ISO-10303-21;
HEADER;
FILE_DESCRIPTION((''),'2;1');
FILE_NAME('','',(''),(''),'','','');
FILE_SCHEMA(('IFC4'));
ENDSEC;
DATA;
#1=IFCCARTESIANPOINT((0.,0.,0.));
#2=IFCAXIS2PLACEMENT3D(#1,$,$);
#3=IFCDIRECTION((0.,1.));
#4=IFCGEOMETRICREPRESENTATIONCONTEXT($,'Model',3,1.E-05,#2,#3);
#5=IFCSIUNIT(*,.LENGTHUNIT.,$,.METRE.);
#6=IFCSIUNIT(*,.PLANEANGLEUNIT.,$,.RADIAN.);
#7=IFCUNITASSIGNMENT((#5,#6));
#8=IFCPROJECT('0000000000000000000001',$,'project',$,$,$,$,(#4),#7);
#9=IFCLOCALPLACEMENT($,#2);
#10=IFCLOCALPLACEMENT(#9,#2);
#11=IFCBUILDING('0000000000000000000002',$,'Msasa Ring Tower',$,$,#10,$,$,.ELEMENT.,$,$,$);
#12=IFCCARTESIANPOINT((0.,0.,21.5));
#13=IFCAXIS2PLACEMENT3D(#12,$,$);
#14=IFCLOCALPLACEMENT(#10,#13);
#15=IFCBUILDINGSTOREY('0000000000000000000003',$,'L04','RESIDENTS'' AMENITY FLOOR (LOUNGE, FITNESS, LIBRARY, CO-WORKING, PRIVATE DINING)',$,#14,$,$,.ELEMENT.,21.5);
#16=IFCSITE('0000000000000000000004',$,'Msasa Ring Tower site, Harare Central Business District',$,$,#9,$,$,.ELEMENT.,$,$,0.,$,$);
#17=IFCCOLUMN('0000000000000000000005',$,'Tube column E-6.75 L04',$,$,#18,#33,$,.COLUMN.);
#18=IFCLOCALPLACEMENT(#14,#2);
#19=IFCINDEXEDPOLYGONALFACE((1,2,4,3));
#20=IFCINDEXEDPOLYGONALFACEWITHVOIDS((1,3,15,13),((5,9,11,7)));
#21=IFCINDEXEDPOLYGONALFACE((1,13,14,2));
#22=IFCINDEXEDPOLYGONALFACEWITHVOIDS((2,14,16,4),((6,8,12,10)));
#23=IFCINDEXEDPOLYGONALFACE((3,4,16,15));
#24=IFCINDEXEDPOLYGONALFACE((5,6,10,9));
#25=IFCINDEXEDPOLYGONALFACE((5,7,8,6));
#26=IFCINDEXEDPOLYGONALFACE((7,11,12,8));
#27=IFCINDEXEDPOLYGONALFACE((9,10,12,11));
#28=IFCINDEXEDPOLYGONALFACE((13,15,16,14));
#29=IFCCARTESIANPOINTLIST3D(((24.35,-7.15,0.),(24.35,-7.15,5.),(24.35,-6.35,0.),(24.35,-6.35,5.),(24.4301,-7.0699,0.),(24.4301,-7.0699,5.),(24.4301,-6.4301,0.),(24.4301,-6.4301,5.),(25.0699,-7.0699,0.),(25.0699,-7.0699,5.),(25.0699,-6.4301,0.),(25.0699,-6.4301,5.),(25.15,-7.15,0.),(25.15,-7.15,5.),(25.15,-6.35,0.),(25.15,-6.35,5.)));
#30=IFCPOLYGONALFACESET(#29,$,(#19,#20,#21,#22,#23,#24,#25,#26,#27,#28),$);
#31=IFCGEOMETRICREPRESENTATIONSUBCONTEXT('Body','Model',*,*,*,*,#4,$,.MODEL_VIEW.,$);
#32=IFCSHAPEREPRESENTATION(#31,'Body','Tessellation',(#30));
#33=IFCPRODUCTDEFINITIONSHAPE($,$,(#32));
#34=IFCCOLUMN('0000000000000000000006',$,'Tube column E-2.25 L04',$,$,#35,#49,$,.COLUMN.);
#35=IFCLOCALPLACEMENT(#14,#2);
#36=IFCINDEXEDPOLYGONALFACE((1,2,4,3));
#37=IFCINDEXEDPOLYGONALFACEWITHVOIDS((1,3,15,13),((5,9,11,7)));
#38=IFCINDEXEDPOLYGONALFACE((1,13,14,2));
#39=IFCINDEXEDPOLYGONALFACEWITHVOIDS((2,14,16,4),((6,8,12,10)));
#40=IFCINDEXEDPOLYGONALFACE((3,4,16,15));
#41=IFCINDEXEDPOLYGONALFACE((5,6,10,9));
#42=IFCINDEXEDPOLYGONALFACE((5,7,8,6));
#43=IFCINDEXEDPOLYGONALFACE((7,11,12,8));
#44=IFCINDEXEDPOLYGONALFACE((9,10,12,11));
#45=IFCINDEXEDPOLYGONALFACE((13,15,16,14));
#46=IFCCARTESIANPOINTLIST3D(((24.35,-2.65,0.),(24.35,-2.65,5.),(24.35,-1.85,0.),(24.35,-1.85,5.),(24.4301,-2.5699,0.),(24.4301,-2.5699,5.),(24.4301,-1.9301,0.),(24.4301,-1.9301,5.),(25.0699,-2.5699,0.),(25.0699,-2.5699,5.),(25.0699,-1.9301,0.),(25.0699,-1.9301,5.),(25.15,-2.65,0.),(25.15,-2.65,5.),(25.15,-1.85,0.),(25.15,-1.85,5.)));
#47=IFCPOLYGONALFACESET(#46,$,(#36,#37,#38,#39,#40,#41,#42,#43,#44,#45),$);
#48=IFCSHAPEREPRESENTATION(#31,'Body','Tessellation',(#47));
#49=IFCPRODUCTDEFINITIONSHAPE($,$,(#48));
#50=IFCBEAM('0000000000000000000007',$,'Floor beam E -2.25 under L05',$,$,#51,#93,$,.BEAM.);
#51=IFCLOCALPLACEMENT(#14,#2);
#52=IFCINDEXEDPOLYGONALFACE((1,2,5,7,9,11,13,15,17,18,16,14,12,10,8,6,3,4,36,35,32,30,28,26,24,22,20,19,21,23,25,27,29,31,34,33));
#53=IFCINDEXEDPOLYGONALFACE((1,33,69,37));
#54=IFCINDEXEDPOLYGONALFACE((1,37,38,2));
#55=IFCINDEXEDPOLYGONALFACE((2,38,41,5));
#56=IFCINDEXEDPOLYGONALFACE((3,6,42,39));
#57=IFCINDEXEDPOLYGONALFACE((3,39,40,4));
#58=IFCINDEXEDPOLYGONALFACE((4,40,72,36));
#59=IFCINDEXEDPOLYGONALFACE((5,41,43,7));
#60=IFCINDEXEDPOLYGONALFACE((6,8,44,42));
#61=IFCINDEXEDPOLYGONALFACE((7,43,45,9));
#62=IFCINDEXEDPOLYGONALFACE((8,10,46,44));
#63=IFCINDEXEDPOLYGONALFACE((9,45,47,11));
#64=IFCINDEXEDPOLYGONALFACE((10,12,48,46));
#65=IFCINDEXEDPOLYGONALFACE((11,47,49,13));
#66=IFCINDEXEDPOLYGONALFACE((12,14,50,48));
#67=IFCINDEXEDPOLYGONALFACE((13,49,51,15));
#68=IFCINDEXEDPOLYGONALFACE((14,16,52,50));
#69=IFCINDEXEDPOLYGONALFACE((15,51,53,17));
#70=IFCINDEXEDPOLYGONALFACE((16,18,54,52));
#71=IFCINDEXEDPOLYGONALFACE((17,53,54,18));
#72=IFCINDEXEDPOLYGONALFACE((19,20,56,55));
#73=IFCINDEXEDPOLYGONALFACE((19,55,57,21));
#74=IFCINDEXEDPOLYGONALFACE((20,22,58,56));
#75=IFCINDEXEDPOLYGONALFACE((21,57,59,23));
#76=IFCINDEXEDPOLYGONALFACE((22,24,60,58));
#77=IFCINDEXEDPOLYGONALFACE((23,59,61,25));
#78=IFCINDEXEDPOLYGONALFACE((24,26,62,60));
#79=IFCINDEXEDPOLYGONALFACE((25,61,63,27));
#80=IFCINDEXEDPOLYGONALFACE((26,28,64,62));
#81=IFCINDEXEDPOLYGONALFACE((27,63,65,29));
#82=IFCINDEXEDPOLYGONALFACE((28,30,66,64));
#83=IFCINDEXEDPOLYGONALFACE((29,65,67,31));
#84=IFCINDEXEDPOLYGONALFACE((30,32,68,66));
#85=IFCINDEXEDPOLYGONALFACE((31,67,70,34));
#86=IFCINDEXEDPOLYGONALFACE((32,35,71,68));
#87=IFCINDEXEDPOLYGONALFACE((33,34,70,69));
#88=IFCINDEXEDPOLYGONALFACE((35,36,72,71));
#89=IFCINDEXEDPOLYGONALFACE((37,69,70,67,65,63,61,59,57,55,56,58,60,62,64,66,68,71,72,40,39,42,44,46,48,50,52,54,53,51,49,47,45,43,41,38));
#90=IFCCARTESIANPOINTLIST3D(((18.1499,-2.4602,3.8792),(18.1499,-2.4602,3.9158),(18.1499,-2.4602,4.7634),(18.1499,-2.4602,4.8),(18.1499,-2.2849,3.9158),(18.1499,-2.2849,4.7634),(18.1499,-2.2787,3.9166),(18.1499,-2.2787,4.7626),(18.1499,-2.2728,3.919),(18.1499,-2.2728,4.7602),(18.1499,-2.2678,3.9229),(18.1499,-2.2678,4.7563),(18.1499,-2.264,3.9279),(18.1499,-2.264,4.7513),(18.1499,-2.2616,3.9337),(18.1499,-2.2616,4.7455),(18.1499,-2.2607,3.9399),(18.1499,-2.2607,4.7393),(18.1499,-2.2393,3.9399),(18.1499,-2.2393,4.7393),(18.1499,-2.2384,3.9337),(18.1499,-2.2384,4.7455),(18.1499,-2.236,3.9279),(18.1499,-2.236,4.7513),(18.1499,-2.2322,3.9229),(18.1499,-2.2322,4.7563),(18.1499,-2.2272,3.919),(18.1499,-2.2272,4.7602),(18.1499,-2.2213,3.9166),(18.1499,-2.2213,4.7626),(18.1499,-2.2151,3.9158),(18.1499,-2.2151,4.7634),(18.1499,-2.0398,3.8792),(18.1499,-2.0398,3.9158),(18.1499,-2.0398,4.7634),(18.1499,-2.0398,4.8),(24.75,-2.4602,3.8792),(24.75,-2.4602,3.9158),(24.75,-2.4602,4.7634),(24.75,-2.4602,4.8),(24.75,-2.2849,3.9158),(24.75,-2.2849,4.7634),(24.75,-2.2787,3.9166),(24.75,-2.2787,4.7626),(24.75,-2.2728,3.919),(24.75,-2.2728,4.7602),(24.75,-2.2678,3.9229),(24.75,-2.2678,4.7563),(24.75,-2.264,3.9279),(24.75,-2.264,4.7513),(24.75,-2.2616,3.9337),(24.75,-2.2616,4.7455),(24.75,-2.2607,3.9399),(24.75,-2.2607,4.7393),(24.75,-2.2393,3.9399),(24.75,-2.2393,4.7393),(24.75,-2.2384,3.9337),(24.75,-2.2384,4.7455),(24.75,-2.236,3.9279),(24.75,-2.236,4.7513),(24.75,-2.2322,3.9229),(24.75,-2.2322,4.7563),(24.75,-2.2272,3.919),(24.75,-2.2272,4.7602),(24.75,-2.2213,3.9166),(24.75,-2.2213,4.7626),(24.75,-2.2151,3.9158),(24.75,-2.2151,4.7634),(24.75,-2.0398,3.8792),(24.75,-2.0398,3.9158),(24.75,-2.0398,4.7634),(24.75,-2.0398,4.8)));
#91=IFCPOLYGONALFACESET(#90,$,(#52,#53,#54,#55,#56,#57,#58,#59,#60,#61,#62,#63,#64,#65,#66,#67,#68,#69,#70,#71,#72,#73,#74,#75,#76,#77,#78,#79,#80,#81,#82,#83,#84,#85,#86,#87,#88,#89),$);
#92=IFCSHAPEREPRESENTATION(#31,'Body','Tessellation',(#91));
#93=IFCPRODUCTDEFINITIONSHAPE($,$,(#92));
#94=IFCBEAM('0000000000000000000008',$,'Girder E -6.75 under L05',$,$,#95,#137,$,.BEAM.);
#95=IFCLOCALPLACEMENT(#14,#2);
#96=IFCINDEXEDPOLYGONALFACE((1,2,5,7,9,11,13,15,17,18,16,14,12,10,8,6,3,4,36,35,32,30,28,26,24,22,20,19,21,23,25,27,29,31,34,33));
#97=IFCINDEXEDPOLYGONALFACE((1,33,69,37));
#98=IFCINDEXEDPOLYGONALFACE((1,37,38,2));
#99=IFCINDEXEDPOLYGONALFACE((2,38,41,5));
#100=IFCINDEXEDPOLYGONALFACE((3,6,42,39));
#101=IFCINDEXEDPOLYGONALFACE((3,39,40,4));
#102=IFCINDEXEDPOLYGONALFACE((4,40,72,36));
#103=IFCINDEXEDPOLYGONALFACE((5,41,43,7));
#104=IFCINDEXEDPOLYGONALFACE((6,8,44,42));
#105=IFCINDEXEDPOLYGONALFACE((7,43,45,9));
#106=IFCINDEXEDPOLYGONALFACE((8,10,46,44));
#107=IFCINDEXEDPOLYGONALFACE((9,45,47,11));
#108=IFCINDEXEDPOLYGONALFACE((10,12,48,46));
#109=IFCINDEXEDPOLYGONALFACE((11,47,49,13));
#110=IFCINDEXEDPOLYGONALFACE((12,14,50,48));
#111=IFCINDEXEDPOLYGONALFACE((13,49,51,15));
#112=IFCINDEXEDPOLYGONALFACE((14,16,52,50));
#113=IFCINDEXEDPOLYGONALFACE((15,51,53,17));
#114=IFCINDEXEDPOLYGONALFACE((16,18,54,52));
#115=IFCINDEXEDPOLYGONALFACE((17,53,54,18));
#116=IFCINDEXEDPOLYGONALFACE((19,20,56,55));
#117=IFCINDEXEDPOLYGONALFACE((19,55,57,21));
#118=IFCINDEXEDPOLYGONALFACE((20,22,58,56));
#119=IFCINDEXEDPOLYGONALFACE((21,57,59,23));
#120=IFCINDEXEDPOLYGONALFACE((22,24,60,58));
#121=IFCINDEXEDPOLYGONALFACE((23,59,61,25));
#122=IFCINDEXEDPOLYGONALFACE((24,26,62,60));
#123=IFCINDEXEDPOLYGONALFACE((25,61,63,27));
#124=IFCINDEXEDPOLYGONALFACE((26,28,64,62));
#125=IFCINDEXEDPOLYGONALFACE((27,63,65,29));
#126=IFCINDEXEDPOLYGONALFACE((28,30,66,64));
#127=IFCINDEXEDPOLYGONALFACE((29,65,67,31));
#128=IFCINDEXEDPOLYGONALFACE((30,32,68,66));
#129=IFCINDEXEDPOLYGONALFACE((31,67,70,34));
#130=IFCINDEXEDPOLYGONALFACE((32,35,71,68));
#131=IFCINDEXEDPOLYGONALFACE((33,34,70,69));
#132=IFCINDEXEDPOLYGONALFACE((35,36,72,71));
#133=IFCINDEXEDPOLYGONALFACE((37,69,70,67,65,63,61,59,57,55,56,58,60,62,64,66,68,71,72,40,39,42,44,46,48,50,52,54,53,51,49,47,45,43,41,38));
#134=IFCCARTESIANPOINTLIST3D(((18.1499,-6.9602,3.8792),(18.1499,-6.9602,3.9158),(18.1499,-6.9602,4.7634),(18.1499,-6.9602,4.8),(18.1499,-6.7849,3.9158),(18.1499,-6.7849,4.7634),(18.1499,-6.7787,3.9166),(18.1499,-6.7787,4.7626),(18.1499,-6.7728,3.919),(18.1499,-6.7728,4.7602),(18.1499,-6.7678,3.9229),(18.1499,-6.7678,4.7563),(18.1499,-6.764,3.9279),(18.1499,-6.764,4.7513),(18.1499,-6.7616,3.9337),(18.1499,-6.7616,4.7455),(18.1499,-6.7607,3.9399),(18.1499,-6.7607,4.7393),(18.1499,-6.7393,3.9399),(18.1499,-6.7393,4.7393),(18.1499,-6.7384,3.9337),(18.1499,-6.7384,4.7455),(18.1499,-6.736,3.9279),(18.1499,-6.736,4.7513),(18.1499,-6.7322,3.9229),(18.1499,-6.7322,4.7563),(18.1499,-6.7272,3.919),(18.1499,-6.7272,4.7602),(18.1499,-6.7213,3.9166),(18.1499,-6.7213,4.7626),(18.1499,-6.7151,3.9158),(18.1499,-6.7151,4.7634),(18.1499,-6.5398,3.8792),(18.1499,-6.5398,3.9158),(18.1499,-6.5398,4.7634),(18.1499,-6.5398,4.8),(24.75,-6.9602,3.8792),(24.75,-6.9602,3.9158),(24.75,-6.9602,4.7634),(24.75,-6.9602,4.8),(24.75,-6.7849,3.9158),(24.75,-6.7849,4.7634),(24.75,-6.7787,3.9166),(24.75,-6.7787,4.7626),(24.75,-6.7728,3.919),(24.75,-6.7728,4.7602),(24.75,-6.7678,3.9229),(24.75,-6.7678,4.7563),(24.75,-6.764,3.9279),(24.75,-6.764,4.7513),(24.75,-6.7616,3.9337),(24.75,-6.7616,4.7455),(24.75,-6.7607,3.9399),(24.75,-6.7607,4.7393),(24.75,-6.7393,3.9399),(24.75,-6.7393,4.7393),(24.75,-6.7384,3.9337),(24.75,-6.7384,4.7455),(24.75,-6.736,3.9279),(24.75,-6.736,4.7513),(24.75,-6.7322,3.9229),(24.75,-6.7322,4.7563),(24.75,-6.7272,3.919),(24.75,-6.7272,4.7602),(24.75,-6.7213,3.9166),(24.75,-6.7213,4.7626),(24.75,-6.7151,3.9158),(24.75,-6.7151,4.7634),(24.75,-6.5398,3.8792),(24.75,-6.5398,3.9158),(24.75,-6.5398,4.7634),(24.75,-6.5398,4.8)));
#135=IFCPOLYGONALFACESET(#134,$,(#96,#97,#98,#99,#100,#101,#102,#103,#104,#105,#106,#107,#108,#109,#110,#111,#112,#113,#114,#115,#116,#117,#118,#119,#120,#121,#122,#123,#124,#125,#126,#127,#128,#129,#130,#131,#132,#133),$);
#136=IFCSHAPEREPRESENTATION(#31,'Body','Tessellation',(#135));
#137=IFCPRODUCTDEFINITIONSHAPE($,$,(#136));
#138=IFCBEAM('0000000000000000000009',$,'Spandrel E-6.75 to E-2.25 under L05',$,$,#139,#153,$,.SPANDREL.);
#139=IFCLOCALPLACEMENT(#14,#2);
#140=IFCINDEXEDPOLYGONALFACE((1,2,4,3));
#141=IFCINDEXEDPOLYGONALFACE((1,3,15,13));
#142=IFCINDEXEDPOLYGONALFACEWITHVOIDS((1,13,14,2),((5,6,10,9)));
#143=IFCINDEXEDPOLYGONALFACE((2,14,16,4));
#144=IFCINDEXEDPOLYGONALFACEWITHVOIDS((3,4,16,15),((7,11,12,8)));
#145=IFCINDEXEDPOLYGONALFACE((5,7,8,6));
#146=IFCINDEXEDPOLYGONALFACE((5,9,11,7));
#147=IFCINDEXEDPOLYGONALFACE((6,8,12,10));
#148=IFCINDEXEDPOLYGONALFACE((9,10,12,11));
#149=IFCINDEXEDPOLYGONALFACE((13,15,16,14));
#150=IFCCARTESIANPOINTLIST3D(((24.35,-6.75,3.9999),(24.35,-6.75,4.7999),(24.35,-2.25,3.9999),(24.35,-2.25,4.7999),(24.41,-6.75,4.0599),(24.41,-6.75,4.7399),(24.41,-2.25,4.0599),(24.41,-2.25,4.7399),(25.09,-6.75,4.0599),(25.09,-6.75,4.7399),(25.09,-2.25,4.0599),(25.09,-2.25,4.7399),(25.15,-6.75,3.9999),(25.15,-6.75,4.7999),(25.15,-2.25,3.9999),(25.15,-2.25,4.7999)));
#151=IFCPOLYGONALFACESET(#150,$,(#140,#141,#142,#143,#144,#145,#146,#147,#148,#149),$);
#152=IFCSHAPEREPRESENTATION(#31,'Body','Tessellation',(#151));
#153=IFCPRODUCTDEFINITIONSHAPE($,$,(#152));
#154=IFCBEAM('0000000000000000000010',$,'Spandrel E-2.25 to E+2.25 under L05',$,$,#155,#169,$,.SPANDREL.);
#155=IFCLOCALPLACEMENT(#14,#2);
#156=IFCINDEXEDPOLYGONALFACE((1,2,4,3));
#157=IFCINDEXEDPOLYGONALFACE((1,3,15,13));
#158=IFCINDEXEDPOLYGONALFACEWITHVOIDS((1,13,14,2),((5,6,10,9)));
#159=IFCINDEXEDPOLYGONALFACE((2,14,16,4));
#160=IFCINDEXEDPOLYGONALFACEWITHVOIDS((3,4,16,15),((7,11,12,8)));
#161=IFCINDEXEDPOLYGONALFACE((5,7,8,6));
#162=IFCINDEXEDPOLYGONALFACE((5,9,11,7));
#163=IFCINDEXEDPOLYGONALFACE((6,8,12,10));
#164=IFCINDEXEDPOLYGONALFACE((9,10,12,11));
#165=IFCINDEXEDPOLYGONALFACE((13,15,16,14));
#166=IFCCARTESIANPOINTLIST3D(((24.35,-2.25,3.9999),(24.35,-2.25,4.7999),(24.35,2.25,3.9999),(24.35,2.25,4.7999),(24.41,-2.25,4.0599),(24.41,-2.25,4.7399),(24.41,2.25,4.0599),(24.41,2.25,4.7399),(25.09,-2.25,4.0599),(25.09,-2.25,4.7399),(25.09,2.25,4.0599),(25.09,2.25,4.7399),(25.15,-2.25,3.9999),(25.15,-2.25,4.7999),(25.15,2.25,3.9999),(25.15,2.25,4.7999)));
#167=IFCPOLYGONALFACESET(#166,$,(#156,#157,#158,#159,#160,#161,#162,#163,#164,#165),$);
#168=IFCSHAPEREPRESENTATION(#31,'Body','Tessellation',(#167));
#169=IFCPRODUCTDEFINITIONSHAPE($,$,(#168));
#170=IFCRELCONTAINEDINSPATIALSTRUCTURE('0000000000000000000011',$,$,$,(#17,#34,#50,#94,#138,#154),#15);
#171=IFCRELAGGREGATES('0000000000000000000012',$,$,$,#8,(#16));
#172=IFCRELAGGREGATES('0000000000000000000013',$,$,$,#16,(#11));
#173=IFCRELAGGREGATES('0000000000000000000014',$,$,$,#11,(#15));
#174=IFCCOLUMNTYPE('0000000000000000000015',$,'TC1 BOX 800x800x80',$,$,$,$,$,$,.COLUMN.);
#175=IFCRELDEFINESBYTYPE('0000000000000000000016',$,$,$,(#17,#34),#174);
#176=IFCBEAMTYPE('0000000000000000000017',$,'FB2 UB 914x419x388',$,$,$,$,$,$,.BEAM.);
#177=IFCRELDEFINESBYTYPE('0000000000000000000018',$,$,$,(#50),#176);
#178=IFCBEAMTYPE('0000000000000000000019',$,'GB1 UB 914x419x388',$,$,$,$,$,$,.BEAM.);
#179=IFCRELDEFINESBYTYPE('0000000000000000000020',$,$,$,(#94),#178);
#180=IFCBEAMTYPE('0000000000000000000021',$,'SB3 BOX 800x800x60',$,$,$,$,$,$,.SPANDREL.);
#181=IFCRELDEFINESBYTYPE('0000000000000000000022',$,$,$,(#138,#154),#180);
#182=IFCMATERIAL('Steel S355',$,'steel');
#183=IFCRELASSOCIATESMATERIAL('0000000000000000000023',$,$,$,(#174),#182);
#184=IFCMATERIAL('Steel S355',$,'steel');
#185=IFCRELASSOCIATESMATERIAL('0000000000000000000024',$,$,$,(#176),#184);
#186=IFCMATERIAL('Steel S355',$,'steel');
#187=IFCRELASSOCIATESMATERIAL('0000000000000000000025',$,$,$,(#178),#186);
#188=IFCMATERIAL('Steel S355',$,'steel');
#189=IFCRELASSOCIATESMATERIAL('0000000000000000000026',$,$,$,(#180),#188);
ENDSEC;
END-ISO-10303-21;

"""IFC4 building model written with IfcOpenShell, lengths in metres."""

from ifc_helpers import new_model, si_unit, direction, frame, origin, origin_2d, place, context, subcontext, project, spatial, hollow_rectangle, i_section, extrude, material, material_profile, profile_set, type_object, element, save


model = new_model("IFC4")

# Units and contexts
model_context = context("Model", 3, precision=1e-05, world=origin(), true_north=direction((0.0, 1.0)))
body_context = subcontext(model_context, "Body", "Model", "MODEL_VIEW")
ifc_project = project(units=[si_unit("LENGTHUNIT", "METRE"), si_unit("PLANEANGLEUNIT", "RADIAN")], contexts=[model_context])

# Site, building, storey
site_placement = place(None, origin())
site = spatial("IfcSite", under=ifc_project, at=site_placement, Name="Msasa Ring Tower site, Harare Central Business District", CompositionType="ELEMENT", RefElevation=0.0)
building_placement = place(site_placement, origin())
building = spatial("IfcBuilding", under=site, at=building_placement, Name="Msasa Ring Tower", CompositionType="ELEMENT")
storey_placement = place(building_placement, frame((0.0, 0.0, 21.5)))
storey = spatial("IfcBuildingStorey", under=building, at=storey_placement, Name="L04", Description="RESIDENTS' AMENITY FLOOR (LOUNGE, FITNESS, LIBRARY, CO-WORKING, PRIVATE DINING)", CompositionType="ELEMENT", Elevation=21.5)

# Columns
ifc_material_1 = material(Name="Steel S355", Category="steel")
ifc_material_profile_1 = material_profile(ifc_material_1, hollow_rectangle(XDim=0.8, YDim=0.8, WallThickness=0.0801, at=origin_2d()), Name="BOX 800x800x80")
ifc_profile_set_1 = profile_set([ifc_material_profile_1], Name="Steel S355")
column_type = type_object("IfcColumnType", Name="TC1 BOX 800x800x80", PredefinedType="COLUMN", material=ifc_profile_set_1)
for number, where, z_axis, x_axis, name in (
    (1, (24.75, -6.75, 0.0), (0.0, 0.0, 1.0), (1.0, 0.0, 0.0), "Tube column E-6.75 L04"),
    (2, (24.75, -2.25, 0.0), (0.0, 0.0, 1.0), (1.0, 0.0, 0.0), "Tube column E-2.25 L04"),
):
    element("IfcColumn", number, at=place(storey_placement, frame(where, z_axis=z_axis, x_axis=x_axis)), inside=storey, type_object=column_type, Name=name, PredefinedType="COLUMN", context=body_context, shape_type="SweptSolid", body=[
        extrude(hollow_rectangle(XDim=0.8, YDim=0.8, WallThickness=0.0801, at=origin_2d()), origin(), (0.0, 0.0, 1.0), 5.0),
    ])

# Beams
ifc_material_2 = material(Name="Steel S355", Category="steel")
ifc_material_profile_2 = material_profile(ifc_material_2, i_section(OverallWidth=0.4204, OverallDepth=0.9209, WebThickness=0.0215, FlangeThickness=0.0366, FilletRadius=0.0242, at=origin_2d()), Name="UB 914x419x388")
ifc_profile_set_2 = profile_set([ifc_material_profile_2], Name="Steel S355")
beam_type_1 = type_object("IfcBeamType", Name="FB2 UB 914x419x388", PredefinedType="BEAM", material=ifc_profile_set_2)
beam_1_placement = place(storey_placement, frame((24.75, -2.25, 4.3396), z_axis=(-1.0, 0.0, 0.0), x_axis=(0.0, -1.0, 0.0)))
element("IfcBeam", 3, at=beam_1_placement, inside=storey, type_object=beam_type_1, Name="Floor beam E -2.25 under L05", PredefinedType="BEAM", context=body_context, shape_type="SweptSolid", body=[
    extrude(i_section(OverallWidth=0.4204, OverallDepth=0.9209, WebThickness=0.0215, FlangeThickness=0.0366, FilletRadius=0.0242, at=origin_2d()), origin(), (0.0, 0.0, 1.0), 6.6001),
])
ifc_material_3 = material(Name="Steel S355", Category="steel")
ifc_material_profile_3 = material_profile(ifc_material_3, i_section(OverallWidth=0.4204, OverallDepth=0.9209, WebThickness=0.0215, FlangeThickness=0.0366, FilletRadius=0.0242, at=origin_2d()), Name="UB 914x419x388")
ifc_profile_set_3 = profile_set([ifc_material_profile_3], Name="Steel S355")
beam_type_2 = type_object("IfcBeamType", Name="GB1 UB 914x419x388", PredefinedType="BEAM", material=ifc_profile_set_3)
beam_2_placement = place(storey_placement, frame((18.1499, -6.75, 4.3396), z_axis=(1.0, 0.0, 0.0), x_axis=(0.0, 1.0, 0.0)))
element("IfcBeam", 4, at=beam_2_placement, inside=storey, type_object=beam_type_2, Name="Girder E -6.75 under L05", PredefinedType="BEAM", context=body_context, shape_type="SweptSolid", body=[
    extrude(i_section(OverallWidth=0.4204, OverallDepth=0.9209, WebThickness=0.0215, FlangeThickness=0.0366, FilletRadius=0.0242, at=origin_2d()), origin(), (0.0, 0.0, 1.0), 6.6001),
])
ifc_material_4 = material(Name="Steel S355", Category="steel")
ifc_material_profile_4 = material_profile(ifc_material_4, hollow_rectangle(XDim=0.8, YDim=0.8, WallThickness=0.0601, at=origin_2d()), Name="BOX 800x800x60")
ifc_profile_set_4 = profile_set([ifc_material_profile_4], Name="Steel S355")
beam_type_3 = type_object("IfcBeamType", Name="SB3 BOX 800x800x60", PredefinedType="SPANDREL", material=ifc_profile_set_4)
for number, where, z_axis, x_axis, name in (
    (5, (24.75, -6.75, 4.3999), (0.0, 1.0, 0.0), (-1.0, 0.0, 0.0), "Spandrel E-6.75 to E-2.25 under L05"),
    (6, (24.75, -2.25, 4.3999), (0.0, 1.0, 0.0), (-1.0, 0.0, 0.0), "Spandrel E-2.25 to E+2.25 under L05"),
):
    element("IfcBeam", number, at=place(storey_placement, frame(where, z_axis=z_axis, x_axis=x_axis)), inside=storey, type_object=beam_type_3, Name=name, PredefinedType="SPANDREL", context=body_context, shape_type="SweptSolid", body=[
        extrude(hollow_rectangle(XDim=0.8, YDim=0.8, WallThickness=0.0601, at=origin_2d()), origin(), (0.0, 0.0, 1.0), 4.5),
    ])

save(model, "model.ifc")
